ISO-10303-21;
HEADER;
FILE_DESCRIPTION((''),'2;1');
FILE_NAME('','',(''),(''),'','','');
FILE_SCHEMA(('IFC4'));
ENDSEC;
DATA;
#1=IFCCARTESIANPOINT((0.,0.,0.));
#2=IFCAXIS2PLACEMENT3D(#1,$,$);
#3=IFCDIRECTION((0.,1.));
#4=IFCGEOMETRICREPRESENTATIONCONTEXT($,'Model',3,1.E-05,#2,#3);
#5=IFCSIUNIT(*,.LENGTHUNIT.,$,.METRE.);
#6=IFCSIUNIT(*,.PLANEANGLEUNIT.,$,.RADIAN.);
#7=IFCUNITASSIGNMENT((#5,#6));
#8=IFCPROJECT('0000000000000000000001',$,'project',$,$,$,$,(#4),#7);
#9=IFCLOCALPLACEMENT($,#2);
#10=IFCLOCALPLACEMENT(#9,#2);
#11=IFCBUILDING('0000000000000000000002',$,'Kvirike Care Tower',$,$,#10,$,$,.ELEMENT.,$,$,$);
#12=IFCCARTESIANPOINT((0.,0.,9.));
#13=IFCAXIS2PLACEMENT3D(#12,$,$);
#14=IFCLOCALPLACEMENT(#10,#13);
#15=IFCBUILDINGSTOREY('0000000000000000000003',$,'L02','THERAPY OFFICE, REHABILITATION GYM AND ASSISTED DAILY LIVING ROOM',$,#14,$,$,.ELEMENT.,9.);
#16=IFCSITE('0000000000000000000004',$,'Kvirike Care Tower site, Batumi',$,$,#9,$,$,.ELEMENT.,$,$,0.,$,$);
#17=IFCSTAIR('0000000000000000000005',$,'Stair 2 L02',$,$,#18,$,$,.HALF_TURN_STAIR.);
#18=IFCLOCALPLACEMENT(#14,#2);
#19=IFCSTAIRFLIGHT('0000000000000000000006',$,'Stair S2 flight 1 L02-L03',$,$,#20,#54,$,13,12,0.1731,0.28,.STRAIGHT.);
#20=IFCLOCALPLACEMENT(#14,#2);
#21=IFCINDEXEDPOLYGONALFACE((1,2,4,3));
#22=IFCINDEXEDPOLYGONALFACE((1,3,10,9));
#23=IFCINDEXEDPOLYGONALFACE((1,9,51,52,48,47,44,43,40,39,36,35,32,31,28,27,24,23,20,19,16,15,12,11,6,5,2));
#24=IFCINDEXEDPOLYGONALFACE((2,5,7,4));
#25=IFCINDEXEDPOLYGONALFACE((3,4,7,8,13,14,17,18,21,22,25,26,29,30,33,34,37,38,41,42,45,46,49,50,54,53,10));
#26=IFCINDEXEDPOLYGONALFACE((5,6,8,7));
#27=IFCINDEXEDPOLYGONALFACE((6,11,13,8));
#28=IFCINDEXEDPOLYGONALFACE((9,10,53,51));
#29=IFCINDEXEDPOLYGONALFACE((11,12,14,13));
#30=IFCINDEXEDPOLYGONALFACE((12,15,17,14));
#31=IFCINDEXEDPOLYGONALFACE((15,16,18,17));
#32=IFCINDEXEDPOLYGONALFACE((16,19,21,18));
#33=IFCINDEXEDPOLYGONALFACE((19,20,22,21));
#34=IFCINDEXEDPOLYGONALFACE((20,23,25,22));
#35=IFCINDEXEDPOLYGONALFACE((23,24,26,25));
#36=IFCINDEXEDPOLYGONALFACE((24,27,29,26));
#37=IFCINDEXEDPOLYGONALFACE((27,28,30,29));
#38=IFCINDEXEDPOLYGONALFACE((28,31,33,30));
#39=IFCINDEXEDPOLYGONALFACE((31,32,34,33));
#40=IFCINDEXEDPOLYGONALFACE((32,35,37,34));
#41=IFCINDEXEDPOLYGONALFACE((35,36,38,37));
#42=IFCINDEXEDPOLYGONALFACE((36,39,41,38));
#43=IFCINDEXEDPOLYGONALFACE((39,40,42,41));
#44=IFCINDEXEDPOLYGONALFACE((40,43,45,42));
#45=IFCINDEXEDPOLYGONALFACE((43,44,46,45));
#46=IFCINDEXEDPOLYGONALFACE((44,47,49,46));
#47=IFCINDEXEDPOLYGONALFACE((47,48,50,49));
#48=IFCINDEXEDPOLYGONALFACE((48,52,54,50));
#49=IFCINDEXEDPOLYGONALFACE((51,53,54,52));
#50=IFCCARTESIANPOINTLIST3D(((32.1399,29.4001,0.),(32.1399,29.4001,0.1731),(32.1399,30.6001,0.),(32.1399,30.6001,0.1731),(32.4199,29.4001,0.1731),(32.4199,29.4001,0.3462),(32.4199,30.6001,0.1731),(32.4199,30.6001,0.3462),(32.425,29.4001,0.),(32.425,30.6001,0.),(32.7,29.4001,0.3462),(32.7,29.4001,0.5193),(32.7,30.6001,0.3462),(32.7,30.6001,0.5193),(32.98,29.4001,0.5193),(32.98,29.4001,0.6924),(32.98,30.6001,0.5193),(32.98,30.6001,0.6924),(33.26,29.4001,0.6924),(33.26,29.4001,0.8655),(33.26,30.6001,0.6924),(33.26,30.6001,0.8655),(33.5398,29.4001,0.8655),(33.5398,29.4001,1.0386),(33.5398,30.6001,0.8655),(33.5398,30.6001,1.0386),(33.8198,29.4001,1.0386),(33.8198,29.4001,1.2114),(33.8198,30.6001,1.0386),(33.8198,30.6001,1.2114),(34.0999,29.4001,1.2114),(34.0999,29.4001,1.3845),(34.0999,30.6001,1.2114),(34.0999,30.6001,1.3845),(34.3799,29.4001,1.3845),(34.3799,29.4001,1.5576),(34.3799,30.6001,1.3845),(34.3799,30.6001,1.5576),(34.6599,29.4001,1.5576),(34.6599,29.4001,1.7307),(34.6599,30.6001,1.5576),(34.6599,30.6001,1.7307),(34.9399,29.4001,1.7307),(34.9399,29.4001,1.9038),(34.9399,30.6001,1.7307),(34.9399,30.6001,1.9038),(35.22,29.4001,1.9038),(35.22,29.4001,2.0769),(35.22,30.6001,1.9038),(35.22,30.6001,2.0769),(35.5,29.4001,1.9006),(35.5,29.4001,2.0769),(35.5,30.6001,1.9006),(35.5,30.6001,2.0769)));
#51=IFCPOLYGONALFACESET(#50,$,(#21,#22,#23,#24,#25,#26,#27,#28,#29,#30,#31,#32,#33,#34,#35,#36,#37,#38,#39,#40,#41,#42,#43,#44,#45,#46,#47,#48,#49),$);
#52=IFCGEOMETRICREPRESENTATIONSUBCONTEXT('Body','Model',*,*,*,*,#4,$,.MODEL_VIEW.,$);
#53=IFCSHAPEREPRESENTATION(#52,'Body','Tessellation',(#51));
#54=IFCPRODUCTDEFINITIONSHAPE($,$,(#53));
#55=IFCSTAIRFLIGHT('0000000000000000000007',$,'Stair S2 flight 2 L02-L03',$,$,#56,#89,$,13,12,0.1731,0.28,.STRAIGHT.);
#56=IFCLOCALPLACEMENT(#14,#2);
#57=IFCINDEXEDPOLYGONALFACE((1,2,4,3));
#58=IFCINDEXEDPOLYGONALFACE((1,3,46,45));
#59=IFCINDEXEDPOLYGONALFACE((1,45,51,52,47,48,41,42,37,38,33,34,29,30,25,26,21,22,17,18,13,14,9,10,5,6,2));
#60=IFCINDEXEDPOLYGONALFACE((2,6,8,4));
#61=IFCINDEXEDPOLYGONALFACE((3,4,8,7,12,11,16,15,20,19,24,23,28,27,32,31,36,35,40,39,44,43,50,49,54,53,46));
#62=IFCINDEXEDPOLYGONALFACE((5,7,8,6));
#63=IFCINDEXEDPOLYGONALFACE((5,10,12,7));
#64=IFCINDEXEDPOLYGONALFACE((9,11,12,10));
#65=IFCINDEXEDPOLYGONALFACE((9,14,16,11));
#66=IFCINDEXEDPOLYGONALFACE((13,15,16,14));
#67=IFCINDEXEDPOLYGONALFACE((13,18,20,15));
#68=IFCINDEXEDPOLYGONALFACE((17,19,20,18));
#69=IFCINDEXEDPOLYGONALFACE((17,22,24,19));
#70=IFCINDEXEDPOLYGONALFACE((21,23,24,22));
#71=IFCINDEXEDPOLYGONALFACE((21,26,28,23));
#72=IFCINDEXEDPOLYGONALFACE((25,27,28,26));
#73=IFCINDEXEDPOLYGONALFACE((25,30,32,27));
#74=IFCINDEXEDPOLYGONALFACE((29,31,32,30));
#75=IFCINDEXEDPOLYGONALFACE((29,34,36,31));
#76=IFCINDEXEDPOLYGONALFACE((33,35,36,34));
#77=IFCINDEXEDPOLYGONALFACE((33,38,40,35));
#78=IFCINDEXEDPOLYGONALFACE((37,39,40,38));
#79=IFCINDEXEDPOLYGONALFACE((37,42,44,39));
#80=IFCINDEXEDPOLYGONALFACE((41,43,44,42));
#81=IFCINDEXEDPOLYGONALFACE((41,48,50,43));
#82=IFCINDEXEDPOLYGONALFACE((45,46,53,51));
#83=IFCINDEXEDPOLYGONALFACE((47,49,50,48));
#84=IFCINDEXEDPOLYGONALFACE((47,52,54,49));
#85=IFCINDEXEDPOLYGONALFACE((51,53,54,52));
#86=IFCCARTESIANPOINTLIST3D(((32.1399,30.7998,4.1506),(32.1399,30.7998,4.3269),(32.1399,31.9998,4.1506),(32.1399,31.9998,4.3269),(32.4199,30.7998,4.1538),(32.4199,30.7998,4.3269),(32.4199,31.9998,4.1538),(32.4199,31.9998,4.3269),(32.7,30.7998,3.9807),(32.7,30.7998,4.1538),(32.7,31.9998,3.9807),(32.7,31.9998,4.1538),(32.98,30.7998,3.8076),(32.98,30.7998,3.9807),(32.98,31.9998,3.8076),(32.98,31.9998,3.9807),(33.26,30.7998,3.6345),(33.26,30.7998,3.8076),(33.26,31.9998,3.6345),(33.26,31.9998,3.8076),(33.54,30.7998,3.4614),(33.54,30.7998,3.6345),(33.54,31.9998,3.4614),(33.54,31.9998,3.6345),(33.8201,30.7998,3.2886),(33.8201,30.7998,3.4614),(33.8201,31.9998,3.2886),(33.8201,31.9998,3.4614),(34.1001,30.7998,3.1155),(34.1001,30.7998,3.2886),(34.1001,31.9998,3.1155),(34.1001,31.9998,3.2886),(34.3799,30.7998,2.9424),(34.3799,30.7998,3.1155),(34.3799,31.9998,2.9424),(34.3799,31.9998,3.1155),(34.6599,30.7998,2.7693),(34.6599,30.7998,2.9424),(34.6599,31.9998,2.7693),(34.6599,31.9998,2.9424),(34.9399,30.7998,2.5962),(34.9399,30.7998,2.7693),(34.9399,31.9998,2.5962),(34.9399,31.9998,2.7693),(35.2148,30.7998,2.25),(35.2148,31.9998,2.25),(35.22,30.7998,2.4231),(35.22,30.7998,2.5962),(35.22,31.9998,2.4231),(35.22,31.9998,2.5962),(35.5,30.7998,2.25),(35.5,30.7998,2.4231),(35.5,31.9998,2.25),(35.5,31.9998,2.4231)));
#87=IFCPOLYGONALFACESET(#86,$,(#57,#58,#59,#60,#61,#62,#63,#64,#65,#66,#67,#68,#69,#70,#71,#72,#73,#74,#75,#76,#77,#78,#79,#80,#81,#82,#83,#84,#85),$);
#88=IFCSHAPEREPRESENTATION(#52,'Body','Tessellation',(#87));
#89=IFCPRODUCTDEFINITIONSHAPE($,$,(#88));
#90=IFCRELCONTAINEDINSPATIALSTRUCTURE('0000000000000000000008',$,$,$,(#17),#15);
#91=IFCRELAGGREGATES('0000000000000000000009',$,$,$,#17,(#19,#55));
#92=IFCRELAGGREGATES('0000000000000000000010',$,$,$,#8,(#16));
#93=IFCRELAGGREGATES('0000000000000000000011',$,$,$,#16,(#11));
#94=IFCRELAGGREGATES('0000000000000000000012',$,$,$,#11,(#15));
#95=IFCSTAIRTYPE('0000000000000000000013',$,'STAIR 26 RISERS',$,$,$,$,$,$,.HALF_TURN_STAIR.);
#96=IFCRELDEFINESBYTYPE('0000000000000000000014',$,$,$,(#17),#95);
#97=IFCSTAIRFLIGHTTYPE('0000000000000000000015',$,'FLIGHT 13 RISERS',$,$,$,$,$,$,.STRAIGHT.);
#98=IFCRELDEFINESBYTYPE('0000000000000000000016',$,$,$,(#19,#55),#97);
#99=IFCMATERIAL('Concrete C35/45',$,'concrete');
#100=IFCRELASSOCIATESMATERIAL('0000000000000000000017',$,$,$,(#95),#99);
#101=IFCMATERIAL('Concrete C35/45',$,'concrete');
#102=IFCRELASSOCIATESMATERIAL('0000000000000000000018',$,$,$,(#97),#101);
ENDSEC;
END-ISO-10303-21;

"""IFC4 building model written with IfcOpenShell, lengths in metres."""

from ifc_helpers import new_model, si_unit, direction, frame, origin, place, context, subcontext, project, spatial, polyline, outline, extrude, material, type_object, element, aggregate, save


model = new_model("IFC4")

# Units and contexts
model_context = context("Model", 3, precision=1e-05, world=origin(), true_north=direction((0.0, 1.0)))
body_context = subcontext(model_context, "Body", "Model", "MODEL_VIEW")
ifc_project = project(units=[si_unit("LENGTHUNIT", "METRE"), si_unit("PLANEANGLEUNIT", "RADIAN")], contexts=[model_context])

# Site, building, storey
site_placement = place(None, origin())
site = spatial("IfcSite", under=ifc_project, at=site_placement, Name="Kvirike Care Tower site, Batumi", CompositionType="ELEMENT", RefElevation=0.0)
building_placement = place(site_placement, origin())
building = spatial("IfcBuilding", under=site, at=building_placement, Name="Kvirike Care Tower", CompositionType="ELEMENT")
storey_placement = place(building_placement, frame((0.0, 0.0, 9.0)))
storey = spatial("IfcBuildingStorey", under=building, at=storey_placement, Name="L02", Description="THERAPY OFFICE, REHABILITATION GYM AND ASSISTED DAILY LIVING ROOM", CompositionType="ELEMENT", Elevation=9.0)

# Stair, stair flights
ifc_material_1 = material(Name="Concrete C35/45", Category="concrete")
stair_type = type_object("IfcStairType", Name="STAIR 26 RISERS", PredefinedType="HALF_TURN_STAIR", material=ifc_material_1)
stair_placement = place(storey_placement, origin())
stair = element("IfcStair", 1, at=stair_placement, inside=storey, type_object=stair_type, Name="Stair 2 L02", PredefinedType="HALF_TURN_STAIR")
ifc_material_2 = material(Name="Concrete C35/45", Category="concrete")
stair_flight_type = type_object("IfcStairFlightType", Name="FLIGHT 13 RISERS", PredefinedType="STRAIGHT", material=ifc_material_2)
stair_flight_1_placement = place(storey_placement, frame((32.1399, 30.0, 0.0), z_axis=(0.0, 0.0, 1.0), x_axis=(1.0, 0.0, 0.0)))
stair_flight_1 = element("IfcStairFlight", 2, at=stair_flight_1_placement, type_object=stair_flight_type, Name="Stair S2 flight 1 L02-L03", NumberOfRisers=13, NumberOfTreads=12, PredefinedType="STRAIGHT", RiserHeight=0.1731, TreadLength=0.28, context=body_context, shape_type="SweptSolid", body=[
    extrude(outline(polyline([(0.0, 0.0), (0.0, 0.1731), (0.28, 0.1731), (0.28, 0.3462), (0.5601, 0.3462), (0.5601, 0.5193), (0.8401, 0.5193), (0.8401, 0.6924), (1.1201, 0.6924), (1.1201, 0.8655), (1.3999, 0.8655), (1.3999, 1.0386), (1.6799, 1.0386), (1.6799, 1.2114), (1.96, 1.2114), (1.96, 1.3845), (2.24, 1.3845), (2.24, 1.5576), (2.52, 1.5576), (2.52, 1.7307), (2.8, 1.7307), (2.8, 1.9038), (3.0801, 1.9038), (3.0801, 2.0769), (3.3601, 2.0769), (3.3601, 2.25), (3.3601, 1.9006), (0.2852, 0.0), (0.0, 0.0)])), frame((0.0, 0.6001, 0.0), z_axis=(0.0, -1.0, 0.0), x_axis=(1.0, 0.0, 0.0)), (0.0, 0.0, 1.0), 1.2),
])
stair_flight_2_placement = place(storey_placement, frame((35.5, 31.3999, 2.25), z_axis=(0.0, 0.0, 1.0), x_axis=(-1.0, 0.0, 0.0)))
stair_flight_2 = element("IfcStairFlight", 3, at=stair_flight_2_placement, type_object=stair_flight_type, Name="Stair S2 flight 2 L02-L03", NumberOfRisers=13, NumberOfTreads=12, PredefinedType="STRAIGHT", RiserHeight=0.1731, TreadLength=0.28, context=body_context, shape_type="SweptSolid", body=[
    extrude(outline(polyline([(0.0, 0.0), (0.0, 0.1731), (0.28, 0.1731), (0.28, 0.3462), (0.5601, 0.3462), (0.5601, 0.5193), (0.8401, 0.5193), (0.8401, 0.6924), (1.1201, 0.6924), (1.1201, 0.8655), (1.3999, 0.8655), (1.3999, 1.0386), (1.6799, 1.0386), (1.6799, 1.2114), (1.96, 1.2114), (1.96, 1.3845), (2.24, 1.3845), (2.24, 1.5576), (2.52, 1.5576), (2.52, 1.7307), (2.8, 1.7307), (2.8, 1.9038), (3.0801, 1.9038), (3.0801, 2.0769), (3.3601, 2.0769), (3.3601, 2.25), (3.3601, 1.9006), (0.2852, 0.0), (0.0, 0.0)])), frame((0.0, 0.6001, 0.0), z_axis=(0.0, -1.0, 0.0), x_axis=(1.0, 0.0, 0.0)), (0.0, 0.0, 1.0), 1.2),
])
aggregate(stair, [stair_flight_1, stair_flight_2])

save(model, "model.ifc")
